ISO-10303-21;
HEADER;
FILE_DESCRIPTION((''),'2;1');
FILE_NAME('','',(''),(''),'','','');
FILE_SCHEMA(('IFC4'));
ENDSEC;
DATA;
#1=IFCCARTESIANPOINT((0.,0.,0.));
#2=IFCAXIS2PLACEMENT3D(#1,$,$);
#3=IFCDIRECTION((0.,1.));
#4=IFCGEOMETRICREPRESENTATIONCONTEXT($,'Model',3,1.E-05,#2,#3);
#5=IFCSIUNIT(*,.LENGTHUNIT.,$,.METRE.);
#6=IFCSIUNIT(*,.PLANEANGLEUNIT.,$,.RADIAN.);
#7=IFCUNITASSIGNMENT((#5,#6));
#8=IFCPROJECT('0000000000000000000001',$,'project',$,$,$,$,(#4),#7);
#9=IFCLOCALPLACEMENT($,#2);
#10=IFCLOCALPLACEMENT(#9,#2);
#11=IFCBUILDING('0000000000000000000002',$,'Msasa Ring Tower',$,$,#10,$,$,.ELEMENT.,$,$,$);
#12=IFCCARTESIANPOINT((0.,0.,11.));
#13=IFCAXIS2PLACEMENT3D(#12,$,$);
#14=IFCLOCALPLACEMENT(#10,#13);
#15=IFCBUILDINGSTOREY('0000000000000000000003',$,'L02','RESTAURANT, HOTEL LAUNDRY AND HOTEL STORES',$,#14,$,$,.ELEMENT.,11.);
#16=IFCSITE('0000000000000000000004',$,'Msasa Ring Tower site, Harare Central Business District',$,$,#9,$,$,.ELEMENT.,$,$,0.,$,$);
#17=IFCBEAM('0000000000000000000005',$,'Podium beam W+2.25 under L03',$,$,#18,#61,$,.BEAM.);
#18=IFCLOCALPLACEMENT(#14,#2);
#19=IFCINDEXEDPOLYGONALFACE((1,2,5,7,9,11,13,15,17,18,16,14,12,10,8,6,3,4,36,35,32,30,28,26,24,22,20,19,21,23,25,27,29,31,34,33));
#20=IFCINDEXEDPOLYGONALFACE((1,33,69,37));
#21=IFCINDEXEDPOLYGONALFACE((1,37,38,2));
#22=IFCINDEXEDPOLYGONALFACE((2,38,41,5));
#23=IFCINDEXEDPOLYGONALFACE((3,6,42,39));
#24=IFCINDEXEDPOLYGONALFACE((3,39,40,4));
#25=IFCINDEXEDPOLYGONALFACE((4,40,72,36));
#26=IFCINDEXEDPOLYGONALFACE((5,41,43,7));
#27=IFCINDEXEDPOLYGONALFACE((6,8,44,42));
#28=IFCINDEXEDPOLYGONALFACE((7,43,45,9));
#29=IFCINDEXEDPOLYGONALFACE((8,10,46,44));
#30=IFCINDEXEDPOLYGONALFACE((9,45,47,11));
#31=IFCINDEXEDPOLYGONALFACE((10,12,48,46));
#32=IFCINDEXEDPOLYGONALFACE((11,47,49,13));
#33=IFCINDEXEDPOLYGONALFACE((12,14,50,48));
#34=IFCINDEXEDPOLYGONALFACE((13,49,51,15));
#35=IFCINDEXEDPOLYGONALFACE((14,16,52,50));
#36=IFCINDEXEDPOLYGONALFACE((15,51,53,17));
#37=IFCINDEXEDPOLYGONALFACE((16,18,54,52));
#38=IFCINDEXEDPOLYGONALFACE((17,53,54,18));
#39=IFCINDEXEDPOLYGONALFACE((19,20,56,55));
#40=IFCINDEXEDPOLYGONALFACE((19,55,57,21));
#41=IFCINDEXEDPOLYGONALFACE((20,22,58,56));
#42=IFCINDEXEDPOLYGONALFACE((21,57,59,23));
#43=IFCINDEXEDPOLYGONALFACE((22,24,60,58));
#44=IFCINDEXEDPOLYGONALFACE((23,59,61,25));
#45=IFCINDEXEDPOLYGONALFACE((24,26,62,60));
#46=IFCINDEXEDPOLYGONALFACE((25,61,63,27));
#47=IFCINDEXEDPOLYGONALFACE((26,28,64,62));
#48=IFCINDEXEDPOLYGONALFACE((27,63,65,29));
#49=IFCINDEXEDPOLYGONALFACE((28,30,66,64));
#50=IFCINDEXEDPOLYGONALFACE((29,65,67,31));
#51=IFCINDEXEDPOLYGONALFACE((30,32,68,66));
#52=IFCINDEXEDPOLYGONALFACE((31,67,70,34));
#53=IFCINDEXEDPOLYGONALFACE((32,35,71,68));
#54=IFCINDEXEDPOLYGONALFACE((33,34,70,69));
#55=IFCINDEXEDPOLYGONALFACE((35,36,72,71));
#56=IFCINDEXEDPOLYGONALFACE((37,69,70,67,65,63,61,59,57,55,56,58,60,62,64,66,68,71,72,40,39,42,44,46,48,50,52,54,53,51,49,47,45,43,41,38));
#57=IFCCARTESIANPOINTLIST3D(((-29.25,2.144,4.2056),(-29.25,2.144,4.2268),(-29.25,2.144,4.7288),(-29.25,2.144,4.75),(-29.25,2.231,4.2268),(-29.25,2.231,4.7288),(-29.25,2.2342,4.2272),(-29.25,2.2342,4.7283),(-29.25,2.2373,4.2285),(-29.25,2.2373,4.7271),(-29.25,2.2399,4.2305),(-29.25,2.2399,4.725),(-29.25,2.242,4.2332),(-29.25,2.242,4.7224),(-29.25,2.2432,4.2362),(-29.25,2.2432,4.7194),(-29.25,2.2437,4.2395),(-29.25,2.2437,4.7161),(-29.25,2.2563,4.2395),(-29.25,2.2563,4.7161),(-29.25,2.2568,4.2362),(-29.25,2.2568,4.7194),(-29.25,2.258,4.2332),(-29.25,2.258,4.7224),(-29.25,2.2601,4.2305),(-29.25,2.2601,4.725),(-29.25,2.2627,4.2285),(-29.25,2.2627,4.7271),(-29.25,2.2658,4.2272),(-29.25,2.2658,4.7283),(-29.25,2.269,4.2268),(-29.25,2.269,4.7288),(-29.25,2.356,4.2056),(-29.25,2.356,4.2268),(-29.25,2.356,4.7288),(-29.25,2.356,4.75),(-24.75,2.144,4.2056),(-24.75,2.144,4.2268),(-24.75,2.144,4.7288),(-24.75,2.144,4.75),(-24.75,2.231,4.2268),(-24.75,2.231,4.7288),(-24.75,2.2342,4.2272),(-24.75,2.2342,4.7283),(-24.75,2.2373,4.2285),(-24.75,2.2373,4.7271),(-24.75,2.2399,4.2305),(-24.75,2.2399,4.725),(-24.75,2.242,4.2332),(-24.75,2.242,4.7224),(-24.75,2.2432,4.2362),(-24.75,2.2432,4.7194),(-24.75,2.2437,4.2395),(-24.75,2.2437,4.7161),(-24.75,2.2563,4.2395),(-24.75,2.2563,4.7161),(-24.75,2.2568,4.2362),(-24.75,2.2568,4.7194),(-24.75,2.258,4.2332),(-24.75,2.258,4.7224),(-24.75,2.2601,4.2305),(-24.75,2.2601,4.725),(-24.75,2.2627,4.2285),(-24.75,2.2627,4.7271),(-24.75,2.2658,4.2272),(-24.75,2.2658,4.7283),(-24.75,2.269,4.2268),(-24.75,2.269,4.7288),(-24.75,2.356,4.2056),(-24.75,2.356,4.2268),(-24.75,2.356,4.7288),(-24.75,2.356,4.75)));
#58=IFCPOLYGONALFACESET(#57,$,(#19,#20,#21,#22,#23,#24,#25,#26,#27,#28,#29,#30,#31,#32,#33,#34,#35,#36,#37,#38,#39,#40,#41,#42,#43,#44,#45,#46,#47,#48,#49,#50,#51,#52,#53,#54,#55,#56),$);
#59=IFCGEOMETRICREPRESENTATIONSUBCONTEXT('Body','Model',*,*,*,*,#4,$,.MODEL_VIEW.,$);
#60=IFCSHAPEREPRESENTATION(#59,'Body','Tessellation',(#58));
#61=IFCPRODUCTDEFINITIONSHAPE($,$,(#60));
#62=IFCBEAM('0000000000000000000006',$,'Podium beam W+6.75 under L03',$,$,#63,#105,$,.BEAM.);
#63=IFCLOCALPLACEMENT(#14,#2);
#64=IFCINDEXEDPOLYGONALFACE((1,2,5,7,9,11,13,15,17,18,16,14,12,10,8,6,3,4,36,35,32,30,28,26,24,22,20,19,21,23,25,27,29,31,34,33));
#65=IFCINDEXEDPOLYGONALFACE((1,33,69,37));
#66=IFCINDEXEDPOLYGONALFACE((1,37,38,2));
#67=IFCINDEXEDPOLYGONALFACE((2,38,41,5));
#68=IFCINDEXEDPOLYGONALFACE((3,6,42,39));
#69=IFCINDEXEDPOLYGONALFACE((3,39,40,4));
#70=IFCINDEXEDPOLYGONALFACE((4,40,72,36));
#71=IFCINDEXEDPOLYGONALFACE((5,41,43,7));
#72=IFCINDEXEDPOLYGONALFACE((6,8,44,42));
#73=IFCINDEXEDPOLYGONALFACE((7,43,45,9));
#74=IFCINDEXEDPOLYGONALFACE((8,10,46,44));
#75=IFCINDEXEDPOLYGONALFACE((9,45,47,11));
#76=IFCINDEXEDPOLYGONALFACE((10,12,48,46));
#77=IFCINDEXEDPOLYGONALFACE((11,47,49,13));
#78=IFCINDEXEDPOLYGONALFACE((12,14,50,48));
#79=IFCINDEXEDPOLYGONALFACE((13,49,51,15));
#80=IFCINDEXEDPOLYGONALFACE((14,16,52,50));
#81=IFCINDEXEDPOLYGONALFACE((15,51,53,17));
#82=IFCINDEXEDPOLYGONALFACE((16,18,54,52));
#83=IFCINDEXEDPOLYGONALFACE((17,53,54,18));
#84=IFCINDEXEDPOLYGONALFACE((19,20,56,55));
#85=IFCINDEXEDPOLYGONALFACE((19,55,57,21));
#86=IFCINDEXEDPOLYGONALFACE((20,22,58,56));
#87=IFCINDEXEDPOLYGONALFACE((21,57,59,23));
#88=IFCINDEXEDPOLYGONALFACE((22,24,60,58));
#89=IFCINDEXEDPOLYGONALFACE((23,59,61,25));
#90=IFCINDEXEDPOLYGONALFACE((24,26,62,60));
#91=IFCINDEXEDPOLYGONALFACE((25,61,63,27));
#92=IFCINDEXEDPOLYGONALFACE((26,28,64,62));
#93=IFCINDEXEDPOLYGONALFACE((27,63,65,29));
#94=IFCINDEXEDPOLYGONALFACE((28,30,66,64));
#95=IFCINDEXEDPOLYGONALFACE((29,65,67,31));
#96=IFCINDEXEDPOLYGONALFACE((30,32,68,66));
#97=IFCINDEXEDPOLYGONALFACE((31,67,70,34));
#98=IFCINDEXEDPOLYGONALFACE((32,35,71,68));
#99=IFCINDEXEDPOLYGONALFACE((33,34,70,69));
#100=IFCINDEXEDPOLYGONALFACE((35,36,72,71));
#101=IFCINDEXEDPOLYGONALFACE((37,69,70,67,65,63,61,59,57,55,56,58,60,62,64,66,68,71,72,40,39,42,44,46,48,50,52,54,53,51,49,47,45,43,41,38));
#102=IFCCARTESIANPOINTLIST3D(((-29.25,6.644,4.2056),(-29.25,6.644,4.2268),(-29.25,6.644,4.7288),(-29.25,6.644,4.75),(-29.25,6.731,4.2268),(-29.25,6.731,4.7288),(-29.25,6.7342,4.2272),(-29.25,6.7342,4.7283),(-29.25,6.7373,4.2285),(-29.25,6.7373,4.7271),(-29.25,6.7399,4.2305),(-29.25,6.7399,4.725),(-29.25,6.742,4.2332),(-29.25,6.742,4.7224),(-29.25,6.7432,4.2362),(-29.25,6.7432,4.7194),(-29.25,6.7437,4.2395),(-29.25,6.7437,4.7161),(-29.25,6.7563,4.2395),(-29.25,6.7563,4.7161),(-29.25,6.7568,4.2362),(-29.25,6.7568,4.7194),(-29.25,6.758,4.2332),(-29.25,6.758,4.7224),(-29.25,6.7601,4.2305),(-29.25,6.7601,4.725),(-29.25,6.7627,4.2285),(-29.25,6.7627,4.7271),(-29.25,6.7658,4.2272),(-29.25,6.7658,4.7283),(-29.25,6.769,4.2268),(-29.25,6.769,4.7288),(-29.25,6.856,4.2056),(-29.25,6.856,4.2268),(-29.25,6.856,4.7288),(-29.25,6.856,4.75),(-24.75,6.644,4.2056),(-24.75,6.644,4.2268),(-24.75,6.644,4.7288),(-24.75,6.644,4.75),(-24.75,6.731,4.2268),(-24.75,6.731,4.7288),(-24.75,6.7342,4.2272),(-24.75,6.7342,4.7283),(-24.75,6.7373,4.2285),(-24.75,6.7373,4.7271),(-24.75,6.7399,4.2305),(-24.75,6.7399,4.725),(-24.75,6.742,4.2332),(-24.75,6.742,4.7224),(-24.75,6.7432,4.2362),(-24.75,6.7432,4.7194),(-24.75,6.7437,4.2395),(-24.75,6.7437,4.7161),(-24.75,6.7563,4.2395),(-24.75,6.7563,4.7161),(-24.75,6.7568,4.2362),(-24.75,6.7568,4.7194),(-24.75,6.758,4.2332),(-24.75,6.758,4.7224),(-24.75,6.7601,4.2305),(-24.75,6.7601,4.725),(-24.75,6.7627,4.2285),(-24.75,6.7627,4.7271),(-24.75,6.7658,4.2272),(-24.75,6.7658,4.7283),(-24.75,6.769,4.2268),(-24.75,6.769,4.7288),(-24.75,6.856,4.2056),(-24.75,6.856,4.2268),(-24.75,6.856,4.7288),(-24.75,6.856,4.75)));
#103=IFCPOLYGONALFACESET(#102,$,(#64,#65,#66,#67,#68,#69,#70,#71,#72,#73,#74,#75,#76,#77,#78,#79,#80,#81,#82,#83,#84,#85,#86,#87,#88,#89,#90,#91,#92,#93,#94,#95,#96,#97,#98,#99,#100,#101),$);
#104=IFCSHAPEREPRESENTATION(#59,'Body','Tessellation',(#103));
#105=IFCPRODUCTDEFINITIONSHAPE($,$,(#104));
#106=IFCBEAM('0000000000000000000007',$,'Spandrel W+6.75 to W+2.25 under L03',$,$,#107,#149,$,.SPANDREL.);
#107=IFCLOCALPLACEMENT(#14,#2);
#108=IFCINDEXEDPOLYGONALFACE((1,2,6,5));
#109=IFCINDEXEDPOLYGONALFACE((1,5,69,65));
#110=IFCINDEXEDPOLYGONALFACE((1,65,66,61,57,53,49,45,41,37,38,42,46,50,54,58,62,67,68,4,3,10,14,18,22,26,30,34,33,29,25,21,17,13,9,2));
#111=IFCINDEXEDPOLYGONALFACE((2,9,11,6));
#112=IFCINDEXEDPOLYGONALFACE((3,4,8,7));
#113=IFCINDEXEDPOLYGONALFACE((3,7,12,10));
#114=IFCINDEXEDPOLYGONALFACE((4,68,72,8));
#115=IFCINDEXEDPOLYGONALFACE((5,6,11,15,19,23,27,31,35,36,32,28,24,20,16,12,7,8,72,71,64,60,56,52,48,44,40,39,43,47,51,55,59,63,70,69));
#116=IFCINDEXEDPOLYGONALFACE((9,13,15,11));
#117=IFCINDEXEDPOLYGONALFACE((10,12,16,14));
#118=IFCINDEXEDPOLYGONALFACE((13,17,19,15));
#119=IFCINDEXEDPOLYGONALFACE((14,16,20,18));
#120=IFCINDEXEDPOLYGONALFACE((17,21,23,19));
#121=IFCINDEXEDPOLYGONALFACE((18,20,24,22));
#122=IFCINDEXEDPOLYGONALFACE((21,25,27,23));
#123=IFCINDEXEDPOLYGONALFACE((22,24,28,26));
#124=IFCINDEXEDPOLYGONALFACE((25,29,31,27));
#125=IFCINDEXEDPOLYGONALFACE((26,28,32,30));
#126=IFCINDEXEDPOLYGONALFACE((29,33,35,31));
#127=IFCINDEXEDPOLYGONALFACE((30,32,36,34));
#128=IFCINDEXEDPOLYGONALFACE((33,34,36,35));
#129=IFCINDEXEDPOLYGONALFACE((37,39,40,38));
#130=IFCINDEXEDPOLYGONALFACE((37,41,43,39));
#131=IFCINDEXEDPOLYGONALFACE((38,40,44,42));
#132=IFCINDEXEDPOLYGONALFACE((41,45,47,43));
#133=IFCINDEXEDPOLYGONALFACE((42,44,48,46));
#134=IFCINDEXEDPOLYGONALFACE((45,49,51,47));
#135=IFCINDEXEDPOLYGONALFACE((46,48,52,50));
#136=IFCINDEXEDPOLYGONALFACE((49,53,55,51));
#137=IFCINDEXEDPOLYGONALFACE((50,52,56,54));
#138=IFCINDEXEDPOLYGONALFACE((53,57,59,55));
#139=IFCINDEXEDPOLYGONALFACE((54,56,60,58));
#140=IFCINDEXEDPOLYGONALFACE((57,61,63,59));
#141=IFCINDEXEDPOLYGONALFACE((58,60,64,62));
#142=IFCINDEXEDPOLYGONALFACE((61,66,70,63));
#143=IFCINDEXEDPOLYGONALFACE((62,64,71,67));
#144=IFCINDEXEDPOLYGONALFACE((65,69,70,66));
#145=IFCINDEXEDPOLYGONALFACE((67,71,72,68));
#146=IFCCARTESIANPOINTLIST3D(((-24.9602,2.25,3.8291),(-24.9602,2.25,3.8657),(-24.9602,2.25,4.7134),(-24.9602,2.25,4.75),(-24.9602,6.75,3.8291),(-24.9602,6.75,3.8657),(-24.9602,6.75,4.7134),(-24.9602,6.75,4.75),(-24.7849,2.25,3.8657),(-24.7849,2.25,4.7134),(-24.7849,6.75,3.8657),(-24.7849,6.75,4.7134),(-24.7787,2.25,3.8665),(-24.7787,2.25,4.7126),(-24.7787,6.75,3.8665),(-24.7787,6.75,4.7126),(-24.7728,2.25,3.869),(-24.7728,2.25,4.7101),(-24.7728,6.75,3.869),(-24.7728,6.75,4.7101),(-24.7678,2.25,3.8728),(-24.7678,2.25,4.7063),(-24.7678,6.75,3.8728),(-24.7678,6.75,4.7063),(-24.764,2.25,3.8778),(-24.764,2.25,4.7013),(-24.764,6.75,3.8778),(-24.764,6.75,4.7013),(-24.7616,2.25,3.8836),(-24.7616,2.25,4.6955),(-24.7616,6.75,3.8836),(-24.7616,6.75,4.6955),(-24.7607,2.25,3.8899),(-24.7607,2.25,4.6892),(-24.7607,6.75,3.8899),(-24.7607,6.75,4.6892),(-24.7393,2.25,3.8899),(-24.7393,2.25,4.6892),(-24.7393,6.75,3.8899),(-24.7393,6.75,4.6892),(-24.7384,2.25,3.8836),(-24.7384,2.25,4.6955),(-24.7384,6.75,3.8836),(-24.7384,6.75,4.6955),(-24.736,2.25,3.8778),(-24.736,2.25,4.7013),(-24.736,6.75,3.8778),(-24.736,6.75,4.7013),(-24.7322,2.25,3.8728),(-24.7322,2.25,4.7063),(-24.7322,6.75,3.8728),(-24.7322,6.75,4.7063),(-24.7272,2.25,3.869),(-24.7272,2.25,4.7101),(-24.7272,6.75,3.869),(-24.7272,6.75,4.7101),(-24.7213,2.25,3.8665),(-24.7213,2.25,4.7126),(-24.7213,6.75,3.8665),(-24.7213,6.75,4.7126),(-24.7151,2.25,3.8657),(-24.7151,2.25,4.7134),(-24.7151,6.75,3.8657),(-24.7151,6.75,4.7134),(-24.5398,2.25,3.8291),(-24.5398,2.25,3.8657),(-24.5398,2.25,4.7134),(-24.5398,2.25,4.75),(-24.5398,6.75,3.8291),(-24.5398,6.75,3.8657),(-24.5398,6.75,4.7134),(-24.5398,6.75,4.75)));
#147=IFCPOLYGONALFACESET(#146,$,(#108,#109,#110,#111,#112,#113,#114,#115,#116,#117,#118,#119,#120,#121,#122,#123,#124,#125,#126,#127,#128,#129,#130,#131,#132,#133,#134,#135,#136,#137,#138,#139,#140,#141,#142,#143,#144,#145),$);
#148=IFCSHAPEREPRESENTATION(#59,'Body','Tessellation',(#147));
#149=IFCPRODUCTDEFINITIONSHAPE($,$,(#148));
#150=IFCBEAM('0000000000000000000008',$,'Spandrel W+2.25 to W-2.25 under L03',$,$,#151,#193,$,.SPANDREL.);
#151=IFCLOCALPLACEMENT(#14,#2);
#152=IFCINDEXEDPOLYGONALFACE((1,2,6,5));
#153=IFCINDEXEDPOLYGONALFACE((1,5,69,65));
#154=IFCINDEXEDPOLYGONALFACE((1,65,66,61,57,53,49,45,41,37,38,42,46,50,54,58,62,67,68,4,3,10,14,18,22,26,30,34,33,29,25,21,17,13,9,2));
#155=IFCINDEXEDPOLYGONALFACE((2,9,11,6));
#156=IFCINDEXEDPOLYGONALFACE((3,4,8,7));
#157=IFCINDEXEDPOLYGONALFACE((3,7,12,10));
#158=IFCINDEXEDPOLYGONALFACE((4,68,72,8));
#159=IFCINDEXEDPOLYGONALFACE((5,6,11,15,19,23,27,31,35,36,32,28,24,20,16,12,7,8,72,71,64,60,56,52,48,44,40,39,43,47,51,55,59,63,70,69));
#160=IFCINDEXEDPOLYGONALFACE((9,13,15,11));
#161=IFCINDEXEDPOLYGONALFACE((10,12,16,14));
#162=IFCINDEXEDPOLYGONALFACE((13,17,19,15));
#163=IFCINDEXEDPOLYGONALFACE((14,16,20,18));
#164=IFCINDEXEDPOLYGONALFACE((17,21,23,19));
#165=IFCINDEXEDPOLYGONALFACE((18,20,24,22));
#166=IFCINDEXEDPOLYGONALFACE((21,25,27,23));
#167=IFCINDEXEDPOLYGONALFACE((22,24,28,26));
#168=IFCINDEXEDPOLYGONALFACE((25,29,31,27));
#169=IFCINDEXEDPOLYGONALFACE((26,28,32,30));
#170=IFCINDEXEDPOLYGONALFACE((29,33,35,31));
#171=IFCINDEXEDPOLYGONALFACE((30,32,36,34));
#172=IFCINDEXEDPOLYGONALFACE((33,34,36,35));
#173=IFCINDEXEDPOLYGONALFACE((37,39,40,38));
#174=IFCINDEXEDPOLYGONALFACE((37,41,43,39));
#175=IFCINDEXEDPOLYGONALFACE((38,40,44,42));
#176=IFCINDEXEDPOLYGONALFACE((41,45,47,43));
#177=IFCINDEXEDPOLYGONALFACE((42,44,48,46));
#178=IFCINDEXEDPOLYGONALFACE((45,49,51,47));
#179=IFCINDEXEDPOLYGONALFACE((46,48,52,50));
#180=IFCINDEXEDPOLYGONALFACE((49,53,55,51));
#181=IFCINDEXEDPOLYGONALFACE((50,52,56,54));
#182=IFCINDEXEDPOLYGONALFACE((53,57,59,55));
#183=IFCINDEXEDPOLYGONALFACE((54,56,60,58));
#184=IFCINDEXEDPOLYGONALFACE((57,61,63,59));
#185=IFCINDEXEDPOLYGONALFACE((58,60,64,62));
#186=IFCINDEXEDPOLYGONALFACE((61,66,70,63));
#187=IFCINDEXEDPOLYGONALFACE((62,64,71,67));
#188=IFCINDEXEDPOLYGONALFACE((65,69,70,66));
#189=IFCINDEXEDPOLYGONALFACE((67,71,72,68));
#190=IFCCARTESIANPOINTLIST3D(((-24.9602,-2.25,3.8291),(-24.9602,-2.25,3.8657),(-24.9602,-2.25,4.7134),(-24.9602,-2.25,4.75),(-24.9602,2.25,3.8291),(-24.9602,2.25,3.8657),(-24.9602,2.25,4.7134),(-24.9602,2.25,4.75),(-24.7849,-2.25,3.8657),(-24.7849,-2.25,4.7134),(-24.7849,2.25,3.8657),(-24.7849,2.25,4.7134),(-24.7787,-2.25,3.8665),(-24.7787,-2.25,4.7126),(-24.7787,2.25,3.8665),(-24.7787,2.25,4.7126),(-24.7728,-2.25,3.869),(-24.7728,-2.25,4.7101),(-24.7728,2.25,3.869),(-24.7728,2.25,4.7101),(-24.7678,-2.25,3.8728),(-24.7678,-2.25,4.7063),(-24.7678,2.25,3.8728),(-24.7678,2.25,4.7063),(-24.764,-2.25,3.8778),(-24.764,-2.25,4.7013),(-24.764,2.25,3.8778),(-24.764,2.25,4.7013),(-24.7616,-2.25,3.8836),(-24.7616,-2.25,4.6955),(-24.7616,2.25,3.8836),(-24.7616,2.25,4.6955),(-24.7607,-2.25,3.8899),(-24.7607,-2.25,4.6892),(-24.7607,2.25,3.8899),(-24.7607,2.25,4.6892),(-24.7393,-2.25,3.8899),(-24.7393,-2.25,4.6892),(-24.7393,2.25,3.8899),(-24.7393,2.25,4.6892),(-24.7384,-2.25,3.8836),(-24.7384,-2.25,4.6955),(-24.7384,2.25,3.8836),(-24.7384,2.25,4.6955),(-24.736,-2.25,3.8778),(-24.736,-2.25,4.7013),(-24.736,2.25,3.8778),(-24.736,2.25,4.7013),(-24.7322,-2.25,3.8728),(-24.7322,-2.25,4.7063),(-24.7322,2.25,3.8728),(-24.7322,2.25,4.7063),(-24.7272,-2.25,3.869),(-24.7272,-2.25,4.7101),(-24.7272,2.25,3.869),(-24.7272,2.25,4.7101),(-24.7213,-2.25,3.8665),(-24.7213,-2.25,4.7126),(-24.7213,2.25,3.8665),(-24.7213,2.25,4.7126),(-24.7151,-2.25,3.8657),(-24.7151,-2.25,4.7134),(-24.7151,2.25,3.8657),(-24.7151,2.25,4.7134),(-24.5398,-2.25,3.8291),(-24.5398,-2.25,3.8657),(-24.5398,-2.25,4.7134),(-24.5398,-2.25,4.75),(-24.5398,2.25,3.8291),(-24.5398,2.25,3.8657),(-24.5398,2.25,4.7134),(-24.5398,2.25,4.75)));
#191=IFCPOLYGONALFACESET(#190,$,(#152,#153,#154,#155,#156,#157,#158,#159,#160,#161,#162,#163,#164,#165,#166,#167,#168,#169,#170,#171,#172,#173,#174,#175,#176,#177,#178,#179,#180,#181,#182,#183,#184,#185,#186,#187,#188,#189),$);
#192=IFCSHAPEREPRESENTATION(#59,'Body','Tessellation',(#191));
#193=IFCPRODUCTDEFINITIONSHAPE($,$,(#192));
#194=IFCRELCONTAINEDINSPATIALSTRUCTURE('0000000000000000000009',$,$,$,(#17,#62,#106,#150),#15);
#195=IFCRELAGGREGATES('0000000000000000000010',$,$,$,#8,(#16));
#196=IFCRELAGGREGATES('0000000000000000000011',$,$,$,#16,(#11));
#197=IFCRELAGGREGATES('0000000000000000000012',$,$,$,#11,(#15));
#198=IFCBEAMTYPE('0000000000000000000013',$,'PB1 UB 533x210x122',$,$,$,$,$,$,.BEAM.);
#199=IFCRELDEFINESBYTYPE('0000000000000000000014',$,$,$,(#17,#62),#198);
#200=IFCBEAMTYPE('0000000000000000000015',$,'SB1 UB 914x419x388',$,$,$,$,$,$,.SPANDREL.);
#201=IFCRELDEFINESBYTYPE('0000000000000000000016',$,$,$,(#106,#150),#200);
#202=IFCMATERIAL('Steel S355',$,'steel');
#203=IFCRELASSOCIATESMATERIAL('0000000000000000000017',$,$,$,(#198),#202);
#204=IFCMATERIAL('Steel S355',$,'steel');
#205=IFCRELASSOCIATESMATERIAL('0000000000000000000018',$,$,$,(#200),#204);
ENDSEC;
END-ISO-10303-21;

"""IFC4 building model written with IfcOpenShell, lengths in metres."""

from ifc_helpers import new_model, si_unit, direction, frame, origin, origin_2d, place, context, subcontext, project, spatial, i_section, extrude, material, material_profile, profile_set, type_object, element, save


model = new_model("IFC4")

# Units and contexts
model_context = context("Model", 3, precision=1e-05, world=origin(), true_north=direction((0.0, 1.0)))
body_context = subcontext(model_context, "Body", "Model", "MODEL_VIEW")
ifc_project = project(units=[si_unit("LENGTHUNIT", "METRE"), si_unit("PLANEANGLEUNIT", "RADIAN")], contexts=[model_context])

# Site, building, storey
site_placement = place(None, origin())
site = spatial("IfcSite", under=ifc_project, at=site_placement, Name="Msasa Ring Tower site, Harare Central Business District", CompositionType="ELEMENT", RefElevation=0.0)
building_placement = place(site_placement, origin())
building = spatial("IfcBuilding", under=site, at=building_placement, Name="Msasa Ring Tower", CompositionType="ELEMENT")
storey_placement = place(building_placement, frame((0.0, 0.0, 11.0)))
storey = spatial("IfcBuildingStorey", under=building, at=storey_placement, Name="L02", Description="RESTAURANT, HOTEL LAUNDRY AND HOTEL STORES", CompositionType="ELEMENT", Elevation=11.0)

# Beams
ifc_material_1 = material(Name="Steel S355", Category="steel")
ifc_material_profile_1 = material_profile(ifc_material_1, i_section(OverallWidth=0.2119, OverallDepth=0.5444, WebThickness=0.0127, FlangeThickness=0.0212, FilletRadius=0.0127, at=origin_2d()), Name="UB 533x210x122")
ifc_profile_set_1 = profile_set([ifc_material_profile_1], Name="Steel S355")
beam_type_1 = type_object("IfcBeamType", Name="PB1 UB 533x210x122", PredefinedType="BEAM", material=ifc_profile_set_1)
for number, where, z_axis, x_axis, name in (
    (1, (-29.25, 2.25, 4.4778), (1.0, 0.0, 0.0), (0.0, 1.0, 0.0), "Podium beam W+2.25 under L03"),
    (2, (-29.25, 6.75, 4.4778), (1.0, 0.0, 0.0), (0.0, 1.0, 0.0), "Podium beam W+6.75 under L03"),
):
    element("IfcBeam", number, at=place(storey_placement, frame(where, z_axis=z_axis, x_axis=x_axis)), inside=storey, type_object=beam_type_1, Name=name, PredefinedType="BEAM", context=body_context, shape_type="SweptSolid", body=[
        extrude(i_section(OverallWidth=0.2119, OverallDepth=0.5444, WebThickness=0.0127, FlangeThickness=0.0212, FilletRadius=0.0127, at=origin_2d()), origin(), (0.0, 0.0, 1.0), 4.5),
    ])
ifc_material_2 = material(Name="Steel S355", Category="steel")
ifc_material_profile_2 = material_profile(ifc_material_2, i_section(OverallWidth=0.4204, OverallDepth=0.9209, WebThickness=0.0215, FlangeThickness=0.0366, FilletRadius=0.0242, at=origin_2d()), Name="UB 914x419x388")
ifc_profile_set_2 = profile_set([ifc_material_profile_2], Name="Steel S355")
beam_type_2 = type_object("IfcBeamType", Name="SB1 UB 914x419x388", PredefinedType="SPANDREL", material=ifc_profile_set_2)
for number, where, z_axis, x_axis, name in (
    (3, (-24.75, 6.75, 4.2896), (0.0, -1.0, 0.0), (1.0, 0.0, 0.0), "Spandrel W+6.75 to W+2.25 under L03"),
    (4, (-24.75, 2.25, 4.2896), (0.0, -1.0, 0.0), (1.0, 0.0, 0.0), "Spandrel W+2.25 to W-2.25 under L03"),
):
    element("IfcBeam", number, at=place(storey_placement, frame(where, z_axis=z_axis, x_axis=x_axis)), inside=storey, type_object=beam_type_2, Name=name, PredefinedType="SPANDREL", context=body_context, shape_type="SweptSolid", body=[
        extrude(i_section(OverallWidth=0.4204, OverallDepth=0.9209, WebThickness=0.0215, FlangeThickness=0.0366, FilletRadius=0.0242, at=origin_2d()), origin(), (0.0, 0.0, 1.0), 4.5),
    ])

save(model, "model.ifc")
